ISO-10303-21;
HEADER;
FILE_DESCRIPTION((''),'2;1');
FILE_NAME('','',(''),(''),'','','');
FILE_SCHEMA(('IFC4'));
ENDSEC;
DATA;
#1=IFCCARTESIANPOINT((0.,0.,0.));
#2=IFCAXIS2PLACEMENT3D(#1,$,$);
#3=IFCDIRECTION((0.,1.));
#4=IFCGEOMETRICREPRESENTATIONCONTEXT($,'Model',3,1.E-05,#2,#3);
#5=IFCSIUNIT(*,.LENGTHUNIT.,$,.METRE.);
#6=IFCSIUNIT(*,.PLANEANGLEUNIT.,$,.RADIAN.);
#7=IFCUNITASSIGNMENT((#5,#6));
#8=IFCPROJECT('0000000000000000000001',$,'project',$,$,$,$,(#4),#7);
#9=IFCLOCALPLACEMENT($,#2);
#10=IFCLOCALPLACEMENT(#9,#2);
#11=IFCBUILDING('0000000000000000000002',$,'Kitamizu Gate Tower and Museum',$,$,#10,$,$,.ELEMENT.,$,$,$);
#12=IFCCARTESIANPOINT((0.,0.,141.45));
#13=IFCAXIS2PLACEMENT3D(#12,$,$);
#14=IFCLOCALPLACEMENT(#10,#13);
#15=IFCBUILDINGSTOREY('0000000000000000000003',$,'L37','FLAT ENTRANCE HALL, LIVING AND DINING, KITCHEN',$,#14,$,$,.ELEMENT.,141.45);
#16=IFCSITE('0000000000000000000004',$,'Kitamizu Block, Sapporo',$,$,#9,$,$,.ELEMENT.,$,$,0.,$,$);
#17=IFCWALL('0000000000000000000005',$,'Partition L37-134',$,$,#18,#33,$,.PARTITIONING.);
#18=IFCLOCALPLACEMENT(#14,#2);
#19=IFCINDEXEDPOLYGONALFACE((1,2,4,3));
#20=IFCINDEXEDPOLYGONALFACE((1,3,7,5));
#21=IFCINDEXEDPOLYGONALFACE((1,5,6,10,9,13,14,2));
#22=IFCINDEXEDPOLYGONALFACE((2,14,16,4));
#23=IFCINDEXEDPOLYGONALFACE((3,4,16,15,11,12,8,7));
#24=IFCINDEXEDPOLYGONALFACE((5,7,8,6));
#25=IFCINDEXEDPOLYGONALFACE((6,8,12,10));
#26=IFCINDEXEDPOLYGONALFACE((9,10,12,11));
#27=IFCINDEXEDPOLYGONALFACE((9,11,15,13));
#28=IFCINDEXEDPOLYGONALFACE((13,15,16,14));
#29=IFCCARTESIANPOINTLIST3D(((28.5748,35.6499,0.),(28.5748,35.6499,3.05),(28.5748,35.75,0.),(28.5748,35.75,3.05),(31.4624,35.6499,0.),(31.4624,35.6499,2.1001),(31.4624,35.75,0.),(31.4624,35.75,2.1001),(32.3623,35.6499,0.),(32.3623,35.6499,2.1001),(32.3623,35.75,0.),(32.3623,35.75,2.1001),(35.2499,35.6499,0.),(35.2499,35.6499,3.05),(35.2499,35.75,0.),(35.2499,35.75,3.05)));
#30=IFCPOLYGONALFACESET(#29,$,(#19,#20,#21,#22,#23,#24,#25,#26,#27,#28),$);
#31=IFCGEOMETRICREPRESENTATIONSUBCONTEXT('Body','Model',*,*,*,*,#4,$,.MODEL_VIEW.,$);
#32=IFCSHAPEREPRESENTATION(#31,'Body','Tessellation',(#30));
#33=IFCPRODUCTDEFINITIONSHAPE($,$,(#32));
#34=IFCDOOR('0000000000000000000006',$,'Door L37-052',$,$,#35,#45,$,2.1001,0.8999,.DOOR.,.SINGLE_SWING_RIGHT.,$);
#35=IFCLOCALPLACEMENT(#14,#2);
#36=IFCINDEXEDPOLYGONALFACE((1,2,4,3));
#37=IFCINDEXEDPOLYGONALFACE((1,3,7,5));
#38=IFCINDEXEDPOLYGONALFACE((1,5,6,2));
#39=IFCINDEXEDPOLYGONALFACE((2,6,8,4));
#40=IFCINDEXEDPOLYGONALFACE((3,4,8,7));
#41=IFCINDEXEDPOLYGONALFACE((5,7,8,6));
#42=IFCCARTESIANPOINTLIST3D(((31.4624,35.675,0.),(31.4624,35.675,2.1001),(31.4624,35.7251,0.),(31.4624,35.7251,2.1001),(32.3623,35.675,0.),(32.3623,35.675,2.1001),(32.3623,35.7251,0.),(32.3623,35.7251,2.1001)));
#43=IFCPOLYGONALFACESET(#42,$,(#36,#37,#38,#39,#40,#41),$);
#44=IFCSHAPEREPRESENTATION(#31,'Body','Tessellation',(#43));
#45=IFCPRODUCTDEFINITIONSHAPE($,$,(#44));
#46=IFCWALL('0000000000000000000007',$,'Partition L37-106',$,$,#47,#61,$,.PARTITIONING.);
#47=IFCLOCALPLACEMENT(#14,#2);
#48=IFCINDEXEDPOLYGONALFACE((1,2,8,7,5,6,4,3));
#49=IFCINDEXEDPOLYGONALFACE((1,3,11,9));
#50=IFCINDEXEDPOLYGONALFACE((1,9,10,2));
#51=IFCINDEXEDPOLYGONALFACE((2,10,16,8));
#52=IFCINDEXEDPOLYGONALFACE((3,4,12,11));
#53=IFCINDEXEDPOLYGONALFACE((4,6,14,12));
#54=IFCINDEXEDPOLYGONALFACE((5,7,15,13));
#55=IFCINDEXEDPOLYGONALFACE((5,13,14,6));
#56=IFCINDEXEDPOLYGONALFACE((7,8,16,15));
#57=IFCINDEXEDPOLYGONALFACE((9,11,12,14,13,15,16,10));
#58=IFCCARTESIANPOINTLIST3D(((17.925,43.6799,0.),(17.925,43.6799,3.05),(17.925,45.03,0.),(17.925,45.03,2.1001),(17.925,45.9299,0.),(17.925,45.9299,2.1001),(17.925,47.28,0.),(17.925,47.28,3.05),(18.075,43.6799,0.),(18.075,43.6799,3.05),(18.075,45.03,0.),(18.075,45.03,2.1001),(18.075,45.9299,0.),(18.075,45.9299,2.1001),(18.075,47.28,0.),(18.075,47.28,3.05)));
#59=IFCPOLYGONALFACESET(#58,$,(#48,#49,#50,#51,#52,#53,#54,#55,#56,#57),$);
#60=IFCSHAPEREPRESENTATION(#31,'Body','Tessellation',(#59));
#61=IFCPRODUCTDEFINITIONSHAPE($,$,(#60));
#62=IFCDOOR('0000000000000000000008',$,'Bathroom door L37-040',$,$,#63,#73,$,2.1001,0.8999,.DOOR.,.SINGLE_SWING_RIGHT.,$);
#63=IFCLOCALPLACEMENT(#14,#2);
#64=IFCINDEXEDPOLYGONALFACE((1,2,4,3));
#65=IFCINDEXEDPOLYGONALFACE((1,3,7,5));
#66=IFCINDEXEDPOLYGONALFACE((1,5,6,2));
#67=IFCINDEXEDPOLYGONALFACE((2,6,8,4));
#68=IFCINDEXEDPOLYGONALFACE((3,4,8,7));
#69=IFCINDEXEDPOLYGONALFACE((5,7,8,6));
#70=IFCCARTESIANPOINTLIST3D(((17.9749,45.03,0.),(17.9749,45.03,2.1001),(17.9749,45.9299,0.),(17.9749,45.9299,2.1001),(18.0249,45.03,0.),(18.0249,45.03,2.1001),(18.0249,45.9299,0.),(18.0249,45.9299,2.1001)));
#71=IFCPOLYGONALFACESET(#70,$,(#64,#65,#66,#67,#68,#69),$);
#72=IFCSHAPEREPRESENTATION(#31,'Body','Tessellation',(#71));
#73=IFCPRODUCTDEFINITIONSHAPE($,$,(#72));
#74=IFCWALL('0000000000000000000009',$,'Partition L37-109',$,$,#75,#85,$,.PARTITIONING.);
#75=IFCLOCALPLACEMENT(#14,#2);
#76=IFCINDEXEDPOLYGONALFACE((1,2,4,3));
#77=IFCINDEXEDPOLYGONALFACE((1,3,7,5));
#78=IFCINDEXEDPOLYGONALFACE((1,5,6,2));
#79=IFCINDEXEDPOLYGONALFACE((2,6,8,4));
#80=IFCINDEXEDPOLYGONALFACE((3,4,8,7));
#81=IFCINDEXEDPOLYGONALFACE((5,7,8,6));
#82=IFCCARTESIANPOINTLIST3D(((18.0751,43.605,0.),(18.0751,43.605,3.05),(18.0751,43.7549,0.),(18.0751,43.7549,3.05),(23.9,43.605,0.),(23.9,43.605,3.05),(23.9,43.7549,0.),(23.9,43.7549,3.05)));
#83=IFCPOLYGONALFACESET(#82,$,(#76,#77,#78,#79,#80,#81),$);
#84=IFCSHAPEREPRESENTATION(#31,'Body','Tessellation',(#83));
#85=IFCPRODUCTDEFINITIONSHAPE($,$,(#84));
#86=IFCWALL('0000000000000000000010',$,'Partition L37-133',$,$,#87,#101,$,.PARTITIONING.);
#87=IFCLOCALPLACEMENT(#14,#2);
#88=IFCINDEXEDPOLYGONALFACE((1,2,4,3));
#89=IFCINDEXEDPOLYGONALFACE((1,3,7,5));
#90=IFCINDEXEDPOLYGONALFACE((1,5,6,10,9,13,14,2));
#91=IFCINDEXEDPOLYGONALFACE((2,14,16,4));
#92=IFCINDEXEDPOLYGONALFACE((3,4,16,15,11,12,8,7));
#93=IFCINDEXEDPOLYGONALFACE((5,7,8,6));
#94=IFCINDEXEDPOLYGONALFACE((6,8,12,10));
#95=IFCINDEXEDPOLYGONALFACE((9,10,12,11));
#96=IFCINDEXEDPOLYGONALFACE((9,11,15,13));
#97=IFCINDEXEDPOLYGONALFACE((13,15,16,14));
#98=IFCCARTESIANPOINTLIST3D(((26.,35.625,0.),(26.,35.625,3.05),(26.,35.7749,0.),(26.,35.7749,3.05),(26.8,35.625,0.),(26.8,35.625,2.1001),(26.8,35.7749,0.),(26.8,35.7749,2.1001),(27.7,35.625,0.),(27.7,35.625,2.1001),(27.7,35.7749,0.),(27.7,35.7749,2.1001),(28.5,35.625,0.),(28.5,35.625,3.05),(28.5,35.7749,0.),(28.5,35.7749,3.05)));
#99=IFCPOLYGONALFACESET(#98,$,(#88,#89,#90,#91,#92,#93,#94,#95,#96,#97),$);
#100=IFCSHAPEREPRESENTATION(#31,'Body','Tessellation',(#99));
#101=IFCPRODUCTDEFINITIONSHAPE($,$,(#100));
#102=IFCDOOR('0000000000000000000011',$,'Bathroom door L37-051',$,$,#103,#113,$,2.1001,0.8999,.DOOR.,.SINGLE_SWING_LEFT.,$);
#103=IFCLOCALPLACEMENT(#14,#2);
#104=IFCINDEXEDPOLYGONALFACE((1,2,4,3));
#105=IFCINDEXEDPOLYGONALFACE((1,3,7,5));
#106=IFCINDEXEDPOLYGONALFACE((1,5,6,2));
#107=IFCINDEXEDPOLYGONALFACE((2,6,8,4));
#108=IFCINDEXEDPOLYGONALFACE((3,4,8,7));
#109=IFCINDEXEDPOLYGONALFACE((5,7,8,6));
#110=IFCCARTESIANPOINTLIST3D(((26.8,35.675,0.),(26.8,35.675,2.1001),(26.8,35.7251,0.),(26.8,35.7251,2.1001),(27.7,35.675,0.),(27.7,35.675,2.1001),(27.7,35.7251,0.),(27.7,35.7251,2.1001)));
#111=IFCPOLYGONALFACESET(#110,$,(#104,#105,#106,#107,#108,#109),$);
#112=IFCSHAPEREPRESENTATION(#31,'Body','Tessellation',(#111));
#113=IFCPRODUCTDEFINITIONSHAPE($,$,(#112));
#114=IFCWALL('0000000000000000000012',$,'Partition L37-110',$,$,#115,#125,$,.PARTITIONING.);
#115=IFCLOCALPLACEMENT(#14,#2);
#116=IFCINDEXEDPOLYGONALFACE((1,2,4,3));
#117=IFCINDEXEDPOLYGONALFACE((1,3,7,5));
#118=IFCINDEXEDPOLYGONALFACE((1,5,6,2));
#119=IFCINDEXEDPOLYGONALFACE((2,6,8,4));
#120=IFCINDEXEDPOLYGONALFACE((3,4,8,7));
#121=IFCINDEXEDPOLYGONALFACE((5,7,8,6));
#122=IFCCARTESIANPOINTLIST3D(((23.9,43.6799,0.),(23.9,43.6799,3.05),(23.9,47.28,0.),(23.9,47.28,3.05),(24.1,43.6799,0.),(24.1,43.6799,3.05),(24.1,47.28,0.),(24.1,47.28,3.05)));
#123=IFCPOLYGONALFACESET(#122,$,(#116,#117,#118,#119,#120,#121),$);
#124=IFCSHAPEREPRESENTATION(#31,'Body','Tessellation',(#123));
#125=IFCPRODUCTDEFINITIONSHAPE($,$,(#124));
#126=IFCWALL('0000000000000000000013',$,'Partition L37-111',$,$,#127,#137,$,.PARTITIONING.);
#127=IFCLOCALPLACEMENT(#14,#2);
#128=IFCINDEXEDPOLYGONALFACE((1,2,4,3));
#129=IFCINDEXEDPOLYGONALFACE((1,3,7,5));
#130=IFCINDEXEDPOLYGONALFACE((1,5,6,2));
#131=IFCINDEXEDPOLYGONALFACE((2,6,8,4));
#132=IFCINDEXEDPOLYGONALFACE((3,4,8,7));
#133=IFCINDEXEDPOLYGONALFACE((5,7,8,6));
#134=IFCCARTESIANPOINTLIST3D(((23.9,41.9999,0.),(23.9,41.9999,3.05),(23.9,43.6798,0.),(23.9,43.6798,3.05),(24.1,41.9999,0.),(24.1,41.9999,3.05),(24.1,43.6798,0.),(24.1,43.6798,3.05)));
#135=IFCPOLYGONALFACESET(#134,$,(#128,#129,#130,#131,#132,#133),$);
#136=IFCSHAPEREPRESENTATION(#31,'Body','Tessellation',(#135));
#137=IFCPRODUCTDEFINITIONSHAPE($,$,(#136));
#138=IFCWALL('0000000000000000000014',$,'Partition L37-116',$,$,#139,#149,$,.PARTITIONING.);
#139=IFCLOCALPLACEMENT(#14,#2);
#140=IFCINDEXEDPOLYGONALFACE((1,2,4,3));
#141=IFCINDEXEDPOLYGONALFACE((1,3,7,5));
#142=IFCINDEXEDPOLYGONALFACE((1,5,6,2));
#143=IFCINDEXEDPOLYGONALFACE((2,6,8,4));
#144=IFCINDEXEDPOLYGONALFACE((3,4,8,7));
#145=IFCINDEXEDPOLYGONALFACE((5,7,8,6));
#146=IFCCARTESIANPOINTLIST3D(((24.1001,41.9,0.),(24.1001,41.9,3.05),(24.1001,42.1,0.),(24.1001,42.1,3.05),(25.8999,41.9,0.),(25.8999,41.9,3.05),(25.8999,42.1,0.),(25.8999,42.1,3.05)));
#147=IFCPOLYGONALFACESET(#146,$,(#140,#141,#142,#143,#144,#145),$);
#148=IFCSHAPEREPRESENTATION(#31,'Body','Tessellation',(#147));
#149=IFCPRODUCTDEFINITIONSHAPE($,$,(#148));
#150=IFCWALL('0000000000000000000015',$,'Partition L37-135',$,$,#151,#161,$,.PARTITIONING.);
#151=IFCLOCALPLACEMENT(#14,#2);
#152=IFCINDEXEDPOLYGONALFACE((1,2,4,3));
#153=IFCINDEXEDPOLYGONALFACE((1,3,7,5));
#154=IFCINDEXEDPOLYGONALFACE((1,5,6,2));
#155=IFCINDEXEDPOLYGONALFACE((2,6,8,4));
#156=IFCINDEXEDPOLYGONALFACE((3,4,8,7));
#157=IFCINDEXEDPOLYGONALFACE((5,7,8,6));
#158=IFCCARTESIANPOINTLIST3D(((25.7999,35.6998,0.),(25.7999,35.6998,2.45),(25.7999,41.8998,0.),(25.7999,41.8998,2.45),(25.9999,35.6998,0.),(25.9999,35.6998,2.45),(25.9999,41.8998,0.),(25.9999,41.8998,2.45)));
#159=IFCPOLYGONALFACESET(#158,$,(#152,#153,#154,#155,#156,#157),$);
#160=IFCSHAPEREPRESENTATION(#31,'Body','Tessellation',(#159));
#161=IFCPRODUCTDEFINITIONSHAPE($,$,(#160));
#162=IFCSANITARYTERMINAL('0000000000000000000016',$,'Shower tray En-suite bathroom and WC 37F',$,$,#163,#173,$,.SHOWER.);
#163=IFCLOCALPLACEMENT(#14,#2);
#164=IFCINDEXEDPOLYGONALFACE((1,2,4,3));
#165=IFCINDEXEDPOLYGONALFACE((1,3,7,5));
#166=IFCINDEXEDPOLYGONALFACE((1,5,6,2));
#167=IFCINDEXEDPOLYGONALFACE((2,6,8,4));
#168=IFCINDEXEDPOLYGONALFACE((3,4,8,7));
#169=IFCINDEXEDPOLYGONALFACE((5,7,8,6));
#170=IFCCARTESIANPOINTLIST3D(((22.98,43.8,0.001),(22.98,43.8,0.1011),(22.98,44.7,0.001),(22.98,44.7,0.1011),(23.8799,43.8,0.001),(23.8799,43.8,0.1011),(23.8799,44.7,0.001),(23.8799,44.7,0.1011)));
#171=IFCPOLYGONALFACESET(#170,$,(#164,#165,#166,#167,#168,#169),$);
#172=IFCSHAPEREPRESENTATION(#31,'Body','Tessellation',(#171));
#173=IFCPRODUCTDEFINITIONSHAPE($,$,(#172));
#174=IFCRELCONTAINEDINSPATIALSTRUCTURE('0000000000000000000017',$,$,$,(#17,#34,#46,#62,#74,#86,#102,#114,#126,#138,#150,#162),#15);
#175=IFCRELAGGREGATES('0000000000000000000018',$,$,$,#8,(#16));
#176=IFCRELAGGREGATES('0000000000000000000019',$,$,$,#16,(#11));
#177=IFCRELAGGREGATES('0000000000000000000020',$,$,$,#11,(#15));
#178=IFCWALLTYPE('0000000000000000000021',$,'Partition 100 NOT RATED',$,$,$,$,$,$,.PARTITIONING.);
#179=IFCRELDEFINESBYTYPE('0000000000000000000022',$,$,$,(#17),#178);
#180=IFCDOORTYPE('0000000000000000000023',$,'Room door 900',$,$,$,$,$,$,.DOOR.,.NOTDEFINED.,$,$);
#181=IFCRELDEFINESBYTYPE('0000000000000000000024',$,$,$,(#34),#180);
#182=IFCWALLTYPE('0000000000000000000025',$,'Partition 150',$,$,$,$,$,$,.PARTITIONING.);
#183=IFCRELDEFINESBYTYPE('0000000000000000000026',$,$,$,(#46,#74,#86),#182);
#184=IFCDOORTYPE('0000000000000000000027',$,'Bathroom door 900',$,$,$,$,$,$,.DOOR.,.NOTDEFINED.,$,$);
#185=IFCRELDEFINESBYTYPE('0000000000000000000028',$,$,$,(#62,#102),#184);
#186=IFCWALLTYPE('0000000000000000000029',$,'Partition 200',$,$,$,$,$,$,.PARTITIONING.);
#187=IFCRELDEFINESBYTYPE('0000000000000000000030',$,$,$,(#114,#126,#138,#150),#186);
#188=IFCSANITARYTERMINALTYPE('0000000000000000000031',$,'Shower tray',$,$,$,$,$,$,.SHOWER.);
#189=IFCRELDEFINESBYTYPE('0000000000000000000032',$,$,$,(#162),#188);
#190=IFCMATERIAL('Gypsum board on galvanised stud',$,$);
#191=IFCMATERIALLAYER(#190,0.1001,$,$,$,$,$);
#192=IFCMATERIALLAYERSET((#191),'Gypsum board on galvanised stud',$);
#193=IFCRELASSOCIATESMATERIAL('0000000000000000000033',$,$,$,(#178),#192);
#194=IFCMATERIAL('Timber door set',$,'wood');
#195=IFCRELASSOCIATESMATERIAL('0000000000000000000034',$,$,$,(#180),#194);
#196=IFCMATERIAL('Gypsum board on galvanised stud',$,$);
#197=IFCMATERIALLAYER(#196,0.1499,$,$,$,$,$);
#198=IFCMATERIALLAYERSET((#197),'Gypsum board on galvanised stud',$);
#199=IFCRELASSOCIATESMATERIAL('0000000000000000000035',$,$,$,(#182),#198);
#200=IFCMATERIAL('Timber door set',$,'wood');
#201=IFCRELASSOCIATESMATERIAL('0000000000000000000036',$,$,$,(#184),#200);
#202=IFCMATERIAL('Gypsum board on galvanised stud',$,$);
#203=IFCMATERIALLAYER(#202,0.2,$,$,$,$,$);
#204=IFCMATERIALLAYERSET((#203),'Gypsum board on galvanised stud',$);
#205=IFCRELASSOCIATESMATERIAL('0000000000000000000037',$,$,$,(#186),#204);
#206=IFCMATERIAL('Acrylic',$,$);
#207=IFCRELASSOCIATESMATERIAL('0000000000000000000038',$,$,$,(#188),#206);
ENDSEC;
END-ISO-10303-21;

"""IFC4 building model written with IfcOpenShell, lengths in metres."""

from ifc_helpers import new_model, si_unit, direction, frame, frame_2d, origin, origin_2d, place, context, subcontext, project, spatial, rectangle, extrude, material, layer, layer_set, type_object, element, fill, save


model = new_model("IFC4")

# Units and contexts
model_context = context("Model", 3, precision=1e-05, world=origin(), true_north=direction((0.0, 1.0)))
body_context = subcontext(model_context, "Body", "Model", "MODEL_VIEW")
ifc_project = project(units=[si_unit("LENGTHUNIT", "METRE"), si_unit("PLANEANGLEUNIT", "RADIAN")], contexts=[model_context])

# Site, building, storey
site_placement = place(None, origin())
site = spatial("IfcSite", under=ifc_project, at=site_placement, Name="Kitamizu Block, Sapporo", CompositionType="ELEMENT", RefElevation=0.0)
building_placement = place(site_placement, origin())
building = spatial("IfcBuilding", under=site, at=building_placement, Name="Kitamizu Gate Tower and Museum", CompositionType="ELEMENT")
storey_placement = place(building_placement, frame((0.0, 0.0, 141.45)))
storey = spatial("IfcBuildingStorey", under=building, at=storey_placement, Name="L37", Description="FLAT ENTRANCE HALL, LIVING AND DINING, KITCHEN", CompositionType="ELEMENT", Elevation=141.45)

# Shared definitions
ifc_material_1 = material(Name="Gypsum board on galvanised stud")
ifc_layer_1 = layer(ifc_material_1, 0.1001)
ifc_layer_set_1 = layer_set([ifc_layer_1], Name="Gypsum board on galvanised stud")
wall_type_1 = type_object("IfcWallType", Name="Partition 100 NOT RATED", PredefinedType="PARTITIONING", material=ifc_layer_set_1)
ifc_material_2 = material(Name="Timber door set", Category="wood")
door_type_1 = type_object("IfcDoorType", Name="Room door 900", OperationType="NOTDEFINED", PredefinedType="DOOR", material=ifc_material_2)

# Walls, openings, doors
wall_1_placement = place(storey_placement, frame((28.575, 35.7, 0.0), z_axis=(0.0, 0.0, 1.0), x_axis=(1.0, 0.0, 0.0)))
wall_1 = element("IfcWall", 1, at=wall_1_placement, inside=storey, type_object=wall_type_1, Name="Partition L37-134", PredefinedType="PARTITIONING", context=body_context, shape_type="SweptSolid", body=[
    extrude(rectangle(XDim=6.675, YDim=0.1001, at=frame_2d((3.3374, 0.0))), origin(), (0.0, 0.0, 1.0), 3.05),
])
opening_1_placement = place(wall_1_placement, frame((2.8875, 0.0, 0.0)))
opening_1 = element("IfcOpeningElement", 2, at=opening_1_placement, cuts=wall_1, PredefinedType="OPENING", context=body_context, shape_type="SweptSolid", body=[
    extrude(rectangle(XDim=0.8999, YDim=2.1001, at=frame_2d((0.45, 1.05))), frame((0.0, 0.0601, 0.0), z_axis=(0.0, -1.0, 0.0), x_axis=(1.0, 0.0, 0.0)), (0.0, 0.0, 1.0), 0.1201),
])
door_1_placement = place(opening_1_placement, frame((0.8999, 0.0, 0.0), x_axis=(-1.0, 0.0, 0.0)))
door_1 = element("IfcDoor", 3, at=door_1_placement, inside=storey, type_object=door_type_1, Name="Door L37-052", OperationType="SINGLE_SWING_RIGHT", OverallHeight=2.1001, OverallWidth=0.8999, PredefinedType="DOOR", context=body_context, shape_type="SweptSolid", body=[
    extrude(rectangle(XDim=0.8999, YDim=2.1001, at=frame_2d((0.45, 1.05))), frame((0.0, 0.0249, 0.0), z_axis=(0.0, -1.0, 0.0), x_axis=(1.0, 0.0, 0.0)), (0.0, 0.0, 1.0), 0.05),
])
fill(opening_1, door_1)
ifc_material_3 = material(Name="Gypsum board on galvanised stud")
ifc_layer_2 = layer(ifc_material_3, 0.1499)
ifc_layer_set_2 = layer_set([ifc_layer_2], Name="Gypsum board on galvanised stud")
wall_type_2 = type_object("IfcWallType", Name="Partition 150", PredefinedType="PARTITIONING", material=ifc_layer_set_2)
wall_2_placement = place(storey_placement, frame((18.0, 43.6799, 0.0), z_axis=(0.0, 0.0, 1.0), x_axis=(0.0, 1.0, 0.0)))
wall_2 = element("IfcWall", 4, at=wall_2_placement, inside=storey, type_object=wall_type_2, Name="Partition L37-106", PredefinedType="PARTITIONING", context=body_context, shape_type="SweptSolid", body=[
    extrude(rectangle(XDim=3.6001, YDim=0.1499, at=frame_2d((1.8, 0.0))), origin(), (0.0, 0.0, 1.0), 3.05),
])
opening_2_placement = place(wall_2_placement, frame((1.3501, 0.0, 0.0)))
opening_2 = element("IfcOpeningElement", 5, at=opening_2_placement, cuts=wall_2, PredefinedType="OPENING", context=body_context, shape_type="SweptSolid", body=[
    extrude(rectangle(XDim=0.8999, YDim=2.1001, at=frame_2d((0.45, 1.05))), frame((0.0, 0.085, 0.0), z_axis=(0.0, -1.0, 0.0), x_axis=(1.0, 0.0, 0.0)), (0.0, 0.0, 1.0), 0.1699),
])
ifc_material_4 = material(Name="Timber door set", Category="wood")
door_type_2 = type_object("IfcDoorType", Name="Bathroom door 900", OperationType="NOTDEFINED", PredefinedType="DOOR", material=ifc_material_4)
door_2_placement = place(opening_2_placement, frame((0.8999, 0.0, 0.0), x_axis=(-1.0, 0.0, 0.0)))
door_2 = element("IfcDoor", 6, at=door_2_placement, inside=storey, type_object=door_type_2, Name="Bathroom door L37-040", OperationType="SINGLE_SWING_RIGHT", OverallHeight=2.1001, OverallWidth=0.8999, PredefinedType="DOOR", context=body_context, shape_type="SweptSolid", body=[
    extrude(rectangle(XDim=0.8999, YDim=2.1001, at=frame_2d((0.45, 1.05))), frame((0.0, 0.0249, 0.0), z_axis=(0.0, -1.0, 0.0), x_axis=(1.0, 0.0, 0.0)), (0.0, 0.0, 1.0), 0.05),
])
fill(opening_2, door_2)

# Wall
wall_3_placement = place(storey_placement, frame((18.075, 43.6799, 0.0), z_axis=(0.0, 0.0, 1.0), x_axis=(1.0, 0.0, 0.0)))
element("IfcWall", 7, at=wall_3_placement, inside=storey, type_object=wall_type_2, Name="Partition L37-109", PredefinedType="PARTITIONING", context=body_context, shape_type="SweptSolid", body=[
    extrude(rectangle(XDim=5.825, YDim=0.1499, at=frame_2d((2.9126, 0.0))), origin(), (0.0, 0.0, 1.0), 3.05),
])

# Wall, opening, door
wall_4_placement = place(storey_placement, frame((26.0, 35.7, 0.0), z_axis=(0.0, 0.0, 1.0), x_axis=(1.0, 0.0, 0.0)))
wall_4 = element("IfcWall", 8, at=wall_4_placement, inside=storey, type_object=wall_type_2, Name="Partition L37-133", PredefinedType="PARTITIONING", context=body_context, shape_type="SweptSolid", body=[
    extrude(rectangle(XDim=2.5, YDim=0.1499, at=frame_2d((1.25, 0.0))), origin(), (0.0, 0.0, 1.0), 3.05),
])
opening_3_placement = place(wall_4_placement, frame((0.8, 0.0, 0.0)))
opening_3 = element("IfcOpeningElement", 9, at=opening_3_placement, cuts=wall_4, PredefinedType="OPENING", context=body_context, shape_type="SweptSolid", body=[
    extrude(rectangle(XDim=0.8999, YDim=2.1001, at=frame_2d((0.45, 1.05))), frame((0.0, 0.085, 0.0), z_axis=(0.0, -1.0, 0.0), x_axis=(1.0, 0.0, 0.0)), (0.0, 0.0, 1.0), 0.1699),
])
door_3_placement = place(opening_3_placement, frame((0.8999, 0.0, 0.0), x_axis=(-1.0, 0.0, 0.0)))
door_3 = element("IfcDoor", 10, at=door_3_placement, inside=storey, type_object=door_type_2, Name="Bathroom door L37-051", OperationType="SINGLE_SWING_LEFT", OverallHeight=2.1001, OverallWidth=0.8999, PredefinedType="DOOR", context=body_context, shape_type="SweptSolid", body=[
    extrude(rectangle(XDim=0.8999, YDim=2.1001, at=frame_2d((0.45, 1.05))), frame((0.0, 0.0249, 0.0), z_axis=(0.0, -1.0, 0.0), x_axis=(1.0, 0.0, 0.0)), (0.0, 0.0, 1.0), 0.05),
])
fill(opening_3, door_3)

# Walls
ifc_material_5 = material(Name="Gypsum board on galvanised stud")
ifc_layer_3 = layer(ifc_material_5, 0.2)
ifc_layer_set_3 = layer_set([ifc_layer_3], Name="Gypsum board on galvanised stud")
wall_type_3 = type_object("IfcWallType", Name="Partition 200", PredefinedType="PARTITIONING", material=ifc_layer_set_3)
wall_5_placement = place(storey_placement, frame((24.0, 43.6799, 0.0), z_axis=(0.0, 0.0, 1.0), x_axis=(0.0, 1.0, 0.0)))
element("IfcWall", 11, at=wall_5_placement, inside=storey, type_object=wall_type_3, Name="Partition L37-110", PredefinedType="PARTITIONING", context=body_context, shape_type="SweptSolid", body=[
    extrude(rectangle(XDim=3.6001, YDim=0.2, at=frame_2d((1.8, 0.0))), origin(), (0.0, 0.0, 1.0), 3.05),
])
wall_6_placement = place(storey_placement, frame((24.0, 42.0, 0.0), z_axis=(0.0, 0.0, 1.0), x_axis=(0.0, 1.0, 0.0)))
element("IfcWall", 12, at=wall_6_placement, inside=storey, type_object=wall_type_3, Name="Partition L37-111", PredefinedType="PARTITIONING", context=body_context, shape_type="SweptSolid", body=[
    extrude(rectangle(XDim=1.6799, YDim=0.2, at=frame_2d((0.8398, 0.0))), origin(), (0.0, 0.0, 1.0), 3.05),
])
wall_7_placement = place(storey_placement, frame((24.1001, 42.0, 0.0), z_axis=(0.0, 0.0, 1.0), x_axis=(1.0, 0.0, 0.0)))
element("IfcWall", 13, at=wall_7_placement, inside=storey, type_object=wall_type_3, Name="Partition L37-116", PredefinedType="PARTITIONING", context=body_context, shape_type="SweptSolid", body=[
    extrude(rectangle(XDim=1.7998, YDim=0.2, at=frame_2d((0.8999, 0.0))), origin(), (0.0, 0.0, 1.0), 3.05),
])
wall_8_placement = place(storey_placement, frame((25.8999, 41.8999, 0.0), z_axis=(0.0, 0.0, 1.0), x_axis=(0.0, -1.0, 0.0)))
element("IfcWall", 14, at=wall_8_placement, inside=storey, type_object=wall_type_3, Name="Partition L37-135", PredefinedType="PARTITIONING", context=body_context, shape_type="SweptSolid", body=[
    extrude(rectangle(XDim=6.2, YDim=0.2, at=frame_2d((3.1001, 0.0))), origin(), (0.0, 0.0, 1.0), 2.45),
])

# Sanitary terminal
ifc_material_6 = material(Name="Acrylic")
sanitary_terminal_type_1 = type_object("IfcSanitaryTerminalType", Name="Shower tray", PredefinedType="SHOWER", material=ifc_material_6)
sanitary_terminal_1_placement = place(storey_placement, frame((23.4299, 44.25, 0.001), z_axis=(0.0, 0.0, 1.0), x_axis=(1.0, 0.0, 0.0)))
element("IfcSanitaryTerminal", 15, at=sanitary_terminal_1_placement, inside=storey, type_object=sanitary_terminal_type_1, Name="Shower tray En-suite bathroom and WC 37F", PredefinedType="SHOWER", context=body_context, shape_type="SweptSolid", body=[
    extrude(rectangle(XDim=0.8999, YDim=0.8999, at=origin_2d()), origin(), (0.0, 0.0, 1.0), 0.1001),
])

save(model, "model.ifc")
